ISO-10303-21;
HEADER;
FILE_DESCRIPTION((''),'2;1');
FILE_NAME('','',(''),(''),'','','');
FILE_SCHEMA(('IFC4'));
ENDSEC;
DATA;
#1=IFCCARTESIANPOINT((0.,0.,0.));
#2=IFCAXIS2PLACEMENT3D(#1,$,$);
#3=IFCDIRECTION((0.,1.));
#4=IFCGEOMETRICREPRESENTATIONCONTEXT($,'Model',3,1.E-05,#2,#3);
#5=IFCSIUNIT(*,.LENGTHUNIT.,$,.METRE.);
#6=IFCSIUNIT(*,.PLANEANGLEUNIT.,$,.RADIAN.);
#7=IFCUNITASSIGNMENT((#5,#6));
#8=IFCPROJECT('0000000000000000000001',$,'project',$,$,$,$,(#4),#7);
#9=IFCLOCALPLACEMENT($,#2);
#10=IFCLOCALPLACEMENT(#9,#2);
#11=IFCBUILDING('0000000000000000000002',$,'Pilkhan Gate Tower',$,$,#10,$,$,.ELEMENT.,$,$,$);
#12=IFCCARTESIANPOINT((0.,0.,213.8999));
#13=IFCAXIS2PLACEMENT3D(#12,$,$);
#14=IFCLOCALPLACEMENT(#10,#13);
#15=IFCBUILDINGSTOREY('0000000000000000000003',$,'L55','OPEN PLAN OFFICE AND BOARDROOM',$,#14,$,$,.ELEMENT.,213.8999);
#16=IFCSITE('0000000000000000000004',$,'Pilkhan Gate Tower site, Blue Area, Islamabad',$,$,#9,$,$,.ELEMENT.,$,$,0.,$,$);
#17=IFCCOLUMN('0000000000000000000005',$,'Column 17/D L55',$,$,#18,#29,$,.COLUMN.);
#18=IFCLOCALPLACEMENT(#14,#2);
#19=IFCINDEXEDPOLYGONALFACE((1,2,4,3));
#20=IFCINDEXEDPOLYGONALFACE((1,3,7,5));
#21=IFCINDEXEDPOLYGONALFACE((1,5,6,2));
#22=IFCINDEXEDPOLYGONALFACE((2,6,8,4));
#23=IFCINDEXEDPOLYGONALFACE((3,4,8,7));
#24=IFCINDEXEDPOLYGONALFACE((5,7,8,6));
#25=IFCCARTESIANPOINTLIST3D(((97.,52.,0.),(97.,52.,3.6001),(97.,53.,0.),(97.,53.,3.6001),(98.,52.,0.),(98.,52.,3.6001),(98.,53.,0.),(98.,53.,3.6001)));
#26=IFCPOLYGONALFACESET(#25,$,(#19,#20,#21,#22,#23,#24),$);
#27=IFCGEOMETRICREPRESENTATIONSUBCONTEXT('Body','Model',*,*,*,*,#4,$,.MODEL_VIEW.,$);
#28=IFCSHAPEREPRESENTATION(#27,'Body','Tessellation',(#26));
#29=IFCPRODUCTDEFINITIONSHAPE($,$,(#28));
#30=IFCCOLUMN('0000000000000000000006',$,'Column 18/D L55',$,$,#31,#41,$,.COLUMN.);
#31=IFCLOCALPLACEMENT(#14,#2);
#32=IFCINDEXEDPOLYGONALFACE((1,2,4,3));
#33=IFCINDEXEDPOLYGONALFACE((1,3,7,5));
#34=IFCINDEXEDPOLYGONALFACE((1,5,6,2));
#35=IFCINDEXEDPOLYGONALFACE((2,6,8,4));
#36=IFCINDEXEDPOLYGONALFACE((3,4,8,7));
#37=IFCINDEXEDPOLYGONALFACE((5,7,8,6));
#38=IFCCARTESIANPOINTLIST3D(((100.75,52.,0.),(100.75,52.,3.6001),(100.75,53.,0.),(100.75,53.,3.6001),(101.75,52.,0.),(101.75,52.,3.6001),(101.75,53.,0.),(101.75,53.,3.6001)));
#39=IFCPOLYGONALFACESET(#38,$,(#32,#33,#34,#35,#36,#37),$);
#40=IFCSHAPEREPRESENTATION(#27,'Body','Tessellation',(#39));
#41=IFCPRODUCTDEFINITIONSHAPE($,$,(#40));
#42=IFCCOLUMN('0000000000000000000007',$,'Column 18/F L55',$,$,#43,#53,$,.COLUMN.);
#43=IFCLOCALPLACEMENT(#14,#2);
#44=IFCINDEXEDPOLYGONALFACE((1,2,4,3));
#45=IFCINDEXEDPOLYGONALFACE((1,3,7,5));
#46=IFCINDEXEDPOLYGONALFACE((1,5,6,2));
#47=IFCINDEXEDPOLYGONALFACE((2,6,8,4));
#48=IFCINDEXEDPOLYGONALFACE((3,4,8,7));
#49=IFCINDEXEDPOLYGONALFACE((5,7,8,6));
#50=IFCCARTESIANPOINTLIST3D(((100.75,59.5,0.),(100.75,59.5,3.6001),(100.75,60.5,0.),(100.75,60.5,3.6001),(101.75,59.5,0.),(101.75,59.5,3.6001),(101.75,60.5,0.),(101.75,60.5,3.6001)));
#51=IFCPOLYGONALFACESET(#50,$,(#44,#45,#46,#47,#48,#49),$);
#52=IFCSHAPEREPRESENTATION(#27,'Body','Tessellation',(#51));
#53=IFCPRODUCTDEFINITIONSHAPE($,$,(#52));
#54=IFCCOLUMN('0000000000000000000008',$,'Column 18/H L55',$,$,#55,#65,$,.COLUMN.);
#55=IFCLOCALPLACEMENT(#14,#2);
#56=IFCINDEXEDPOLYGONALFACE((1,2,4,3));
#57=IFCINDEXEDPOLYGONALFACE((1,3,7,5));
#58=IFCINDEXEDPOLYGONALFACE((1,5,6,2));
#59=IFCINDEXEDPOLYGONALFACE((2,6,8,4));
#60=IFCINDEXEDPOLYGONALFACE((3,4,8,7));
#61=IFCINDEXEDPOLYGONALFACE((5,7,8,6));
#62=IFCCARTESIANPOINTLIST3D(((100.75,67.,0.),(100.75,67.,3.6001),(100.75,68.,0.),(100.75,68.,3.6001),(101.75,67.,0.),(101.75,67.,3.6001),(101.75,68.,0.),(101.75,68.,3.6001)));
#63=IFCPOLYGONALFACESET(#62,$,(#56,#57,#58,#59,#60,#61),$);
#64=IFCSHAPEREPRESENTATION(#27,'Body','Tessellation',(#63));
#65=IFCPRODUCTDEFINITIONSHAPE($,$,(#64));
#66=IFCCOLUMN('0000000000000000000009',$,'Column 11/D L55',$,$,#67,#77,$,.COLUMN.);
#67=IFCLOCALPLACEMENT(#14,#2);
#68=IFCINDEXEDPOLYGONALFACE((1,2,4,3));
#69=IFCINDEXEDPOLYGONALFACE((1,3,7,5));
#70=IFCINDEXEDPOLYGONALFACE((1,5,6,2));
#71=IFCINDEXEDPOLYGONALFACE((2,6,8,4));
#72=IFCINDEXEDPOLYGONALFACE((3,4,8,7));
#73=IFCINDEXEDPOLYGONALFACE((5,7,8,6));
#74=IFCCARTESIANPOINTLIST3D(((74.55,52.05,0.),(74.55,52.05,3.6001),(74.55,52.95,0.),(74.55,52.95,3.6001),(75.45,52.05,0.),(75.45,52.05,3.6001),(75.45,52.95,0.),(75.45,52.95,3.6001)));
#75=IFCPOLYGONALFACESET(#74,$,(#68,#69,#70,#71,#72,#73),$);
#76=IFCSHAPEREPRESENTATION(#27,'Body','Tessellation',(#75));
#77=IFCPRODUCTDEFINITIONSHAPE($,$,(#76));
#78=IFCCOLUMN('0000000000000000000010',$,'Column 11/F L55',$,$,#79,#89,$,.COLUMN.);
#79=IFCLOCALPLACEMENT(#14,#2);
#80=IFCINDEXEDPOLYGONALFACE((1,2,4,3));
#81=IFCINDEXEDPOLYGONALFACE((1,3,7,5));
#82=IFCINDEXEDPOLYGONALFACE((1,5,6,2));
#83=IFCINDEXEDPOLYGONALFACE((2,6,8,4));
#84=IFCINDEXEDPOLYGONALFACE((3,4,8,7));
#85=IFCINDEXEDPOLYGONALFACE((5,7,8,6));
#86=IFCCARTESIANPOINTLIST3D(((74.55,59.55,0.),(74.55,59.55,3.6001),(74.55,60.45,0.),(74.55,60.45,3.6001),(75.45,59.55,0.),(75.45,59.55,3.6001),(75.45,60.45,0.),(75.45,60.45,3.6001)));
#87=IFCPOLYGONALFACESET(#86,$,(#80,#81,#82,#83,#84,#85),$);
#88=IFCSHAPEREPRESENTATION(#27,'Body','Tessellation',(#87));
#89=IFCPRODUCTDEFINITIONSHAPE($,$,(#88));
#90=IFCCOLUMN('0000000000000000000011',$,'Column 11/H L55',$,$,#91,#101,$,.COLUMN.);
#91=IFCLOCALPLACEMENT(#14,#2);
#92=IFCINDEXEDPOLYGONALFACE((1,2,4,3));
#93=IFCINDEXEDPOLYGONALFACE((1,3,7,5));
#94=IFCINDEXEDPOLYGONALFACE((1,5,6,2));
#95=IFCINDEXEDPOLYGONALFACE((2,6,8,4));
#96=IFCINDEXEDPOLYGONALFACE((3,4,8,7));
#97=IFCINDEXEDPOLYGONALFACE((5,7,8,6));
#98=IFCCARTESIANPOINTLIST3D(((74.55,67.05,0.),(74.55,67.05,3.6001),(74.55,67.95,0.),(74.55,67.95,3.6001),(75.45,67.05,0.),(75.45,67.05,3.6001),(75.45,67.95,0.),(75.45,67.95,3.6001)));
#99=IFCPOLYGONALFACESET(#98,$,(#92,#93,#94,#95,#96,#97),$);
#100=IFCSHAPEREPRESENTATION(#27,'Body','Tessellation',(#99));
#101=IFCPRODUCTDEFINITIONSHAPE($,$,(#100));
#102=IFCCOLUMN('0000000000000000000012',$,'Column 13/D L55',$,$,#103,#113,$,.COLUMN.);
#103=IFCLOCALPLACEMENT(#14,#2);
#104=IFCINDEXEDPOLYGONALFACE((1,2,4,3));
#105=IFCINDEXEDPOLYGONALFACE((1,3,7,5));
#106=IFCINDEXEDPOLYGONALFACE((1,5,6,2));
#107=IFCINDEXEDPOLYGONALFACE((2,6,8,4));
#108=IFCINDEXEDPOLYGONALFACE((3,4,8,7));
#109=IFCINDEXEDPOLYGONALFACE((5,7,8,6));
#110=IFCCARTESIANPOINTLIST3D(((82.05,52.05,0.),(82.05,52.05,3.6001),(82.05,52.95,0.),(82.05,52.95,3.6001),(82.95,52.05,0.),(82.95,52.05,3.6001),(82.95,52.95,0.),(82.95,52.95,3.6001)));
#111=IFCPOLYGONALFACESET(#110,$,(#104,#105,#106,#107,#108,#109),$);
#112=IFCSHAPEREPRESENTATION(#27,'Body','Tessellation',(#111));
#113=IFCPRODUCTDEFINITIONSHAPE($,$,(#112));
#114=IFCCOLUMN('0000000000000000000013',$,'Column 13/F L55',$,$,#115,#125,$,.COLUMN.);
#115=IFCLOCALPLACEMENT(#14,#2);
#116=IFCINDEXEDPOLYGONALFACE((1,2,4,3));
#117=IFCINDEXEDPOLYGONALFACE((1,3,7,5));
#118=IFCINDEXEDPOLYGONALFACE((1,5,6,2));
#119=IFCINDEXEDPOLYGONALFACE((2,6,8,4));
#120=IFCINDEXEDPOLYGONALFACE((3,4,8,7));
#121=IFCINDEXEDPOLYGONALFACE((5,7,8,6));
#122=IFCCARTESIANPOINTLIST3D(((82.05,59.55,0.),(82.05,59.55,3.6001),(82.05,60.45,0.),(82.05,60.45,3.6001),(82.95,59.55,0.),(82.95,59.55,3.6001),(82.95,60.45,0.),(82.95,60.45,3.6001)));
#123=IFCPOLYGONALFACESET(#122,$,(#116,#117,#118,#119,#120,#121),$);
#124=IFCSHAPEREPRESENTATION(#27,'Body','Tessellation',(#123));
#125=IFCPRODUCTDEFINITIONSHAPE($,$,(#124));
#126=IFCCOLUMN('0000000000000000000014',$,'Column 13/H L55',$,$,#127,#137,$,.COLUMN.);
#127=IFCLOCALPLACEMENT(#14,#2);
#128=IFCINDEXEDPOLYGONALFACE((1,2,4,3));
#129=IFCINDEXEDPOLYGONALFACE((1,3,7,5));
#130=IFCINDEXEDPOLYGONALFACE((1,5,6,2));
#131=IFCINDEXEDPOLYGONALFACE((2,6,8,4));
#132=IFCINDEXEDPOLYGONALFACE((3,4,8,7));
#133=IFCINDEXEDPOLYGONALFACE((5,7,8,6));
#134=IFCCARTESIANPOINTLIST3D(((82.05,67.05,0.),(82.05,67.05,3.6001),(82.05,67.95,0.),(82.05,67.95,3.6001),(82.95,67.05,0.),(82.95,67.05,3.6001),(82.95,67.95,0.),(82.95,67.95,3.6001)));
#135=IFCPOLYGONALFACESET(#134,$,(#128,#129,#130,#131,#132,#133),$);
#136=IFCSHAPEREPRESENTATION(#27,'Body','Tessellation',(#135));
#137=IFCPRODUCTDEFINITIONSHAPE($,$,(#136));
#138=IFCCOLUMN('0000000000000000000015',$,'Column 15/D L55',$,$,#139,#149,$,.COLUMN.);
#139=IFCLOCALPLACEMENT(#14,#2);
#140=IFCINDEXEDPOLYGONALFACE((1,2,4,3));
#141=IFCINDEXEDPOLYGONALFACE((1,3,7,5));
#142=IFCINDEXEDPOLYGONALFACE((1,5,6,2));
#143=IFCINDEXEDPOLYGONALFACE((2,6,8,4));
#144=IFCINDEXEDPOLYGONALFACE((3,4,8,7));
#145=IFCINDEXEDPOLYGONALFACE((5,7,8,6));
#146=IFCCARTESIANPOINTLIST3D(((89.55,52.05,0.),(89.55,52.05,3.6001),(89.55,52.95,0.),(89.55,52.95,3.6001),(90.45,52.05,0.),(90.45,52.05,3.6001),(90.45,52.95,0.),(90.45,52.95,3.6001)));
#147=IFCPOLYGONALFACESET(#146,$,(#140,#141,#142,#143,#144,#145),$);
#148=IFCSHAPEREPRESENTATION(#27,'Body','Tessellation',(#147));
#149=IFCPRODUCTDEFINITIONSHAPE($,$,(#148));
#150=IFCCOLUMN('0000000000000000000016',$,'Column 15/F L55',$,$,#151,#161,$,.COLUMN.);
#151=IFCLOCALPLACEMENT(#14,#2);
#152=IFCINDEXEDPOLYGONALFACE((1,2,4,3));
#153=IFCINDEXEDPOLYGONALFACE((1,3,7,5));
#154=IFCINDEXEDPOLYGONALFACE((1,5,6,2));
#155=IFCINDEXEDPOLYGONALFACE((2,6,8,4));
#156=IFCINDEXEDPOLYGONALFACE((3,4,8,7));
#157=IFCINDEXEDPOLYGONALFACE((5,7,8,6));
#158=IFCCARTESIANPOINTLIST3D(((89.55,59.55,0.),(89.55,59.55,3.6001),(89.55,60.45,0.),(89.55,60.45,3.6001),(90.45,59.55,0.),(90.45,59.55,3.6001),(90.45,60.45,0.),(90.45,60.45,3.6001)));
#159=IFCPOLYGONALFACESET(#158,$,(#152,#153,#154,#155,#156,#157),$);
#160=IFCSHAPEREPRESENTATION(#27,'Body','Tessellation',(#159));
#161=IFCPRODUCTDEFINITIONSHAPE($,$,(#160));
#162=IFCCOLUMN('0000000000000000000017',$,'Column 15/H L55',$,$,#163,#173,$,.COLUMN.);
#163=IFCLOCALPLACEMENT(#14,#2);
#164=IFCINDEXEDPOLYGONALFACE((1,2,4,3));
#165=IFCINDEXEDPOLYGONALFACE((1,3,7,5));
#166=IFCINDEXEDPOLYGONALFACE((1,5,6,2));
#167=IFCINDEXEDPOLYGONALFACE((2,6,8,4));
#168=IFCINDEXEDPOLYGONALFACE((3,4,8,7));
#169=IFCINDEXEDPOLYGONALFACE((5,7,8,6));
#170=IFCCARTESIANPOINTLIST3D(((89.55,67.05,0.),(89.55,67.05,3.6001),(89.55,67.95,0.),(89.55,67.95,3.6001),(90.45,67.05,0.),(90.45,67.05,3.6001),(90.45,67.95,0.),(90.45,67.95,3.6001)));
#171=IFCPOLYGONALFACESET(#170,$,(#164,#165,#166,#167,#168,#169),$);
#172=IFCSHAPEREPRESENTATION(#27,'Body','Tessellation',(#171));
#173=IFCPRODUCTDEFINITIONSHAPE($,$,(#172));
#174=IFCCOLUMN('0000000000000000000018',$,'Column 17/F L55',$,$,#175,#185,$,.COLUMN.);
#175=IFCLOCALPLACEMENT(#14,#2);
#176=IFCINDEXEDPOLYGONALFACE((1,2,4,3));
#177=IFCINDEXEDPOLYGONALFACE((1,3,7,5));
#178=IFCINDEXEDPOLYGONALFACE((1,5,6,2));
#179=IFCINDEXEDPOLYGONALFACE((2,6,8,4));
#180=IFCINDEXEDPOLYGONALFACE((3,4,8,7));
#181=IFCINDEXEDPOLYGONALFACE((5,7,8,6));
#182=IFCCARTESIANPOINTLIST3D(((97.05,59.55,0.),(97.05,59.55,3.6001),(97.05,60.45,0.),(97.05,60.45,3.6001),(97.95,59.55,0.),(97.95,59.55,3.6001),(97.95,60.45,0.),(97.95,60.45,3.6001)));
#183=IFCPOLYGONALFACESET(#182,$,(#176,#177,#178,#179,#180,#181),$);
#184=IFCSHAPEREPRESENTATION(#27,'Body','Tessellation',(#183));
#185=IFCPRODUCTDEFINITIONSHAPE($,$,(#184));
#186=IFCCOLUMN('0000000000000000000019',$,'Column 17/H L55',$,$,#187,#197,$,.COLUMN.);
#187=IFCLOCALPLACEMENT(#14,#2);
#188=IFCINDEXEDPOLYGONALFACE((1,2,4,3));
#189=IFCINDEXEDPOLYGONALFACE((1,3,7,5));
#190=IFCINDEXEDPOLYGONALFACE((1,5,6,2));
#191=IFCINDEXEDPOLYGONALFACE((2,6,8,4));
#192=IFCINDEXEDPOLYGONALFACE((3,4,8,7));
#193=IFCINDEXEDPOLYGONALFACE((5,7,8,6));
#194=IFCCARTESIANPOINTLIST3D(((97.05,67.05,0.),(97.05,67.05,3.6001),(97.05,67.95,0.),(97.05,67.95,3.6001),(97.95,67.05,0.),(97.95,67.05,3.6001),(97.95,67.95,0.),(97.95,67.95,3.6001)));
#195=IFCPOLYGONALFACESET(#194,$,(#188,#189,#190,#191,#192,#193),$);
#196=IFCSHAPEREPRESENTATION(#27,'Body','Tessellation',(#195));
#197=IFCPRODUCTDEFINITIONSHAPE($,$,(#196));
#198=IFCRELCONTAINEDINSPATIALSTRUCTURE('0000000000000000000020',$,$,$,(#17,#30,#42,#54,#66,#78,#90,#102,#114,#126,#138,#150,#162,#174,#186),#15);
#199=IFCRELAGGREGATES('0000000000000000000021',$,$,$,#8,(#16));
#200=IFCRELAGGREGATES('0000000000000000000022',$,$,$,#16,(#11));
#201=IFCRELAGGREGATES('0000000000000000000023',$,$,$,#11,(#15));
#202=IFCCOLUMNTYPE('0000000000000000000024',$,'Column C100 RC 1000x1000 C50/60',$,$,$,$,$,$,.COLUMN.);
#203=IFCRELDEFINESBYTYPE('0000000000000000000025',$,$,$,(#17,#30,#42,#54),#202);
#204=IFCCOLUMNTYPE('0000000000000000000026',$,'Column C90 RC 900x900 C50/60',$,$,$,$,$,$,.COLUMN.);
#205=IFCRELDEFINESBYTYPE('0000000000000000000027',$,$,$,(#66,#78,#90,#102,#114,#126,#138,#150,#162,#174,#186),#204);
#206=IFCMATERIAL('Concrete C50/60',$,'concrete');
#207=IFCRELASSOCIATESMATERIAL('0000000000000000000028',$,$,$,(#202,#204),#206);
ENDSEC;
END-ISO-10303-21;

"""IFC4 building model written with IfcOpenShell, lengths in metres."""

from ifc_helpers import new_model, si_unit, direction, frame, origin, origin_2d, place, context, subcontext, project, spatial, rectangle, extrude, material, material_profile, profile_set, type_object, element, save


model = new_model("IFC4")

# Units and contexts
model_context = context("Model", 3, precision=1e-05, world=origin(), true_north=direction((0.0, 1.0)))
body_context = subcontext(model_context, "Body", "Model", "MODEL_VIEW")
ifc_project = project(units=[si_unit("LENGTHUNIT", "METRE"), si_unit("PLANEANGLEUNIT", "RADIAN")], contexts=[model_context])

# Site, building, storey
site_placement = place(None, origin())
site = spatial("IfcSite", under=ifc_project, at=site_placement, Name="Pilkhan Gate Tower site, Blue Area, Islamabad", CompositionType="ELEMENT", RefElevation=0.0)
building_placement = place(site_placement, origin())
building = spatial("IfcBuilding", under=site, at=building_placement, Name="Pilkhan Gate Tower", CompositionType="ELEMENT")
storey_placement = place(building_placement, frame((0.0, 0.0, 213.8999)))
storey = spatial("IfcBuildingStorey", under=building, at=storey_placement, Name="L55", Description="OPEN PLAN OFFICE AND BOARDROOM", CompositionType="ELEMENT", Elevation=213.8999)

# Columns
ifc_material_1 = material(Name="Concrete C50/60", Category="concrete")
ifc_material_profile_1 = material_profile(ifc_material_1, rectangle(XDim=1.0, YDim=1.0, at=origin_2d()), Name="RC 1000x1000")
ifc_profile_set_1 = profile_set([ifc_material_profile_1], Name="Concrete C50/60")
column_type_1 = type_object("IfcColumnType", Name="Column C100 RC 1000x1000 C50/60", PredefinedType="COLUMN", material=ifc_profile_set_1)
for number, where, z_axis, x_axis, name in (
    (1, (97.5, 52.5, 0.0), (0.0, 0.0, 1.0), (1.0, 0.0, 0.0), "Column 17/D L55"),
    (2, (101.25, 52.5, 0.0), (0.0, 0.0, 1.0), (1.0, 0.0, 0.0), "Column 18/D L55"),
    (3, (101.25, 60.0, 0.0), (0.0, 0.0, 1.0), (1.0, 0.0, 0.0), "Column 18/F L55"),
    (4, (101.25, 67.5, 0.0), (0.0, 0.0, 1.0), (1.0, 0.0, 0.0), "Column 18/H L55"),
):
    element("IfcColumn", number, at=place(storey_placement, frame(where, z_axis=z_axis, x_axis=x_axis)), inside=storey, type_object=column_type_1, Name=name, PredefinedType="COLUMN", context=body_context, shape_type="SweptSolid", body=[
        extrude(rectangle(XDim=1.0, YDim=1.0, at=origin_2d()), origin(), (0.0, 0.0, 1.0), 3.6001),
    ])
ifc_material_profile_2 = material_profile(ifc_material_1, rectangle(XDim=0.8999, YDim=0.8999, at=origin_2d()), Name="RC 900x900")
ifc_profile_set_2 = profile_set([ifc_material_profile_2], Name="Concrete C50/60")
column_type_2 = type_object("IfcColumnType", Name="Column C90 RC 900x900 C50/60", PredefinedType="COLUMN", material=ifc_profile_set_2)
for number, where, z_axis, x_axis, name in (
    (5, (75.0, 52.5, 0.0), (0.0, 0.0, 1.0), (1.0, 0.0, 0.0), "Column 11/D L55"),
    (6, (75.0, 60.0, 0.0), (0.0, 0.0, 1.0), (1.0, 0.0, 0.0), "Column 11/F L55"),
    (7, (75.0, 67.5, 0.0), (0.0, 0.0, 1.0), (1.0, 0.0, 0.0), "Column 11/H L55"),
    (8, (82.5, 52.5, 0.0), (0.0, 0.0, 1.0), (1.0, 0.0, 0.0), "Column 13/D L55"),
    (9, (82.5, 60.0, 0.0), (0.0, 0.0, 1.0), (1.0, 0.0, 0.0), "Column 13/F L55"),
    (10, (82.5, 67.5, 0.0), (0.0, 0.0, 1.0), (1.0, 0.0, 0.0), "Column 13/H L55"),
    (11, (90.0, 52.5, 0.0), (0.0, 0.0, 1.0), (1.0, 0.0, 0.0), "Column 15/D L55"),
    (12, (90.0, 60.0, 0.0), (0.0, 0.0, 1.0), (1.0, 0.0, 0.0), "Column 15/F L55"),
    (13, (90.0, 67.5, 0.0), (0.0, 0.0, 1.0), (1.0, 0.0, 0.0), "Column 15/H L55"),
    (14, (97.5, 60.0, 0.0), (0.0, 0.0, 1.0), (1.0, 0.0, 0.0), "Column 17/F L55"),
    (15, (97.5, 67.5, 0.0), (0.0, 0.0, 1.0), (1.0, 0.0, 0.0), "Column 17/H L55"),
):
    element("IfcColumn", number, at=place(storey_placement, frame(where, z_axis=z_axis, x_axis=x_axis)), inside=storey, type_object=column_type_2, Name=name, PredefinedType="COLUMN", context=body_context, shape_type="SweptSolid", body=[
        extrude(rectangle(XDim=0.8999, YDim=0.8999, at=origin_2d()), origin(), (0.0, 0.0, 1.0), 3.6001),
    ])

save(model, "model.ifc")
